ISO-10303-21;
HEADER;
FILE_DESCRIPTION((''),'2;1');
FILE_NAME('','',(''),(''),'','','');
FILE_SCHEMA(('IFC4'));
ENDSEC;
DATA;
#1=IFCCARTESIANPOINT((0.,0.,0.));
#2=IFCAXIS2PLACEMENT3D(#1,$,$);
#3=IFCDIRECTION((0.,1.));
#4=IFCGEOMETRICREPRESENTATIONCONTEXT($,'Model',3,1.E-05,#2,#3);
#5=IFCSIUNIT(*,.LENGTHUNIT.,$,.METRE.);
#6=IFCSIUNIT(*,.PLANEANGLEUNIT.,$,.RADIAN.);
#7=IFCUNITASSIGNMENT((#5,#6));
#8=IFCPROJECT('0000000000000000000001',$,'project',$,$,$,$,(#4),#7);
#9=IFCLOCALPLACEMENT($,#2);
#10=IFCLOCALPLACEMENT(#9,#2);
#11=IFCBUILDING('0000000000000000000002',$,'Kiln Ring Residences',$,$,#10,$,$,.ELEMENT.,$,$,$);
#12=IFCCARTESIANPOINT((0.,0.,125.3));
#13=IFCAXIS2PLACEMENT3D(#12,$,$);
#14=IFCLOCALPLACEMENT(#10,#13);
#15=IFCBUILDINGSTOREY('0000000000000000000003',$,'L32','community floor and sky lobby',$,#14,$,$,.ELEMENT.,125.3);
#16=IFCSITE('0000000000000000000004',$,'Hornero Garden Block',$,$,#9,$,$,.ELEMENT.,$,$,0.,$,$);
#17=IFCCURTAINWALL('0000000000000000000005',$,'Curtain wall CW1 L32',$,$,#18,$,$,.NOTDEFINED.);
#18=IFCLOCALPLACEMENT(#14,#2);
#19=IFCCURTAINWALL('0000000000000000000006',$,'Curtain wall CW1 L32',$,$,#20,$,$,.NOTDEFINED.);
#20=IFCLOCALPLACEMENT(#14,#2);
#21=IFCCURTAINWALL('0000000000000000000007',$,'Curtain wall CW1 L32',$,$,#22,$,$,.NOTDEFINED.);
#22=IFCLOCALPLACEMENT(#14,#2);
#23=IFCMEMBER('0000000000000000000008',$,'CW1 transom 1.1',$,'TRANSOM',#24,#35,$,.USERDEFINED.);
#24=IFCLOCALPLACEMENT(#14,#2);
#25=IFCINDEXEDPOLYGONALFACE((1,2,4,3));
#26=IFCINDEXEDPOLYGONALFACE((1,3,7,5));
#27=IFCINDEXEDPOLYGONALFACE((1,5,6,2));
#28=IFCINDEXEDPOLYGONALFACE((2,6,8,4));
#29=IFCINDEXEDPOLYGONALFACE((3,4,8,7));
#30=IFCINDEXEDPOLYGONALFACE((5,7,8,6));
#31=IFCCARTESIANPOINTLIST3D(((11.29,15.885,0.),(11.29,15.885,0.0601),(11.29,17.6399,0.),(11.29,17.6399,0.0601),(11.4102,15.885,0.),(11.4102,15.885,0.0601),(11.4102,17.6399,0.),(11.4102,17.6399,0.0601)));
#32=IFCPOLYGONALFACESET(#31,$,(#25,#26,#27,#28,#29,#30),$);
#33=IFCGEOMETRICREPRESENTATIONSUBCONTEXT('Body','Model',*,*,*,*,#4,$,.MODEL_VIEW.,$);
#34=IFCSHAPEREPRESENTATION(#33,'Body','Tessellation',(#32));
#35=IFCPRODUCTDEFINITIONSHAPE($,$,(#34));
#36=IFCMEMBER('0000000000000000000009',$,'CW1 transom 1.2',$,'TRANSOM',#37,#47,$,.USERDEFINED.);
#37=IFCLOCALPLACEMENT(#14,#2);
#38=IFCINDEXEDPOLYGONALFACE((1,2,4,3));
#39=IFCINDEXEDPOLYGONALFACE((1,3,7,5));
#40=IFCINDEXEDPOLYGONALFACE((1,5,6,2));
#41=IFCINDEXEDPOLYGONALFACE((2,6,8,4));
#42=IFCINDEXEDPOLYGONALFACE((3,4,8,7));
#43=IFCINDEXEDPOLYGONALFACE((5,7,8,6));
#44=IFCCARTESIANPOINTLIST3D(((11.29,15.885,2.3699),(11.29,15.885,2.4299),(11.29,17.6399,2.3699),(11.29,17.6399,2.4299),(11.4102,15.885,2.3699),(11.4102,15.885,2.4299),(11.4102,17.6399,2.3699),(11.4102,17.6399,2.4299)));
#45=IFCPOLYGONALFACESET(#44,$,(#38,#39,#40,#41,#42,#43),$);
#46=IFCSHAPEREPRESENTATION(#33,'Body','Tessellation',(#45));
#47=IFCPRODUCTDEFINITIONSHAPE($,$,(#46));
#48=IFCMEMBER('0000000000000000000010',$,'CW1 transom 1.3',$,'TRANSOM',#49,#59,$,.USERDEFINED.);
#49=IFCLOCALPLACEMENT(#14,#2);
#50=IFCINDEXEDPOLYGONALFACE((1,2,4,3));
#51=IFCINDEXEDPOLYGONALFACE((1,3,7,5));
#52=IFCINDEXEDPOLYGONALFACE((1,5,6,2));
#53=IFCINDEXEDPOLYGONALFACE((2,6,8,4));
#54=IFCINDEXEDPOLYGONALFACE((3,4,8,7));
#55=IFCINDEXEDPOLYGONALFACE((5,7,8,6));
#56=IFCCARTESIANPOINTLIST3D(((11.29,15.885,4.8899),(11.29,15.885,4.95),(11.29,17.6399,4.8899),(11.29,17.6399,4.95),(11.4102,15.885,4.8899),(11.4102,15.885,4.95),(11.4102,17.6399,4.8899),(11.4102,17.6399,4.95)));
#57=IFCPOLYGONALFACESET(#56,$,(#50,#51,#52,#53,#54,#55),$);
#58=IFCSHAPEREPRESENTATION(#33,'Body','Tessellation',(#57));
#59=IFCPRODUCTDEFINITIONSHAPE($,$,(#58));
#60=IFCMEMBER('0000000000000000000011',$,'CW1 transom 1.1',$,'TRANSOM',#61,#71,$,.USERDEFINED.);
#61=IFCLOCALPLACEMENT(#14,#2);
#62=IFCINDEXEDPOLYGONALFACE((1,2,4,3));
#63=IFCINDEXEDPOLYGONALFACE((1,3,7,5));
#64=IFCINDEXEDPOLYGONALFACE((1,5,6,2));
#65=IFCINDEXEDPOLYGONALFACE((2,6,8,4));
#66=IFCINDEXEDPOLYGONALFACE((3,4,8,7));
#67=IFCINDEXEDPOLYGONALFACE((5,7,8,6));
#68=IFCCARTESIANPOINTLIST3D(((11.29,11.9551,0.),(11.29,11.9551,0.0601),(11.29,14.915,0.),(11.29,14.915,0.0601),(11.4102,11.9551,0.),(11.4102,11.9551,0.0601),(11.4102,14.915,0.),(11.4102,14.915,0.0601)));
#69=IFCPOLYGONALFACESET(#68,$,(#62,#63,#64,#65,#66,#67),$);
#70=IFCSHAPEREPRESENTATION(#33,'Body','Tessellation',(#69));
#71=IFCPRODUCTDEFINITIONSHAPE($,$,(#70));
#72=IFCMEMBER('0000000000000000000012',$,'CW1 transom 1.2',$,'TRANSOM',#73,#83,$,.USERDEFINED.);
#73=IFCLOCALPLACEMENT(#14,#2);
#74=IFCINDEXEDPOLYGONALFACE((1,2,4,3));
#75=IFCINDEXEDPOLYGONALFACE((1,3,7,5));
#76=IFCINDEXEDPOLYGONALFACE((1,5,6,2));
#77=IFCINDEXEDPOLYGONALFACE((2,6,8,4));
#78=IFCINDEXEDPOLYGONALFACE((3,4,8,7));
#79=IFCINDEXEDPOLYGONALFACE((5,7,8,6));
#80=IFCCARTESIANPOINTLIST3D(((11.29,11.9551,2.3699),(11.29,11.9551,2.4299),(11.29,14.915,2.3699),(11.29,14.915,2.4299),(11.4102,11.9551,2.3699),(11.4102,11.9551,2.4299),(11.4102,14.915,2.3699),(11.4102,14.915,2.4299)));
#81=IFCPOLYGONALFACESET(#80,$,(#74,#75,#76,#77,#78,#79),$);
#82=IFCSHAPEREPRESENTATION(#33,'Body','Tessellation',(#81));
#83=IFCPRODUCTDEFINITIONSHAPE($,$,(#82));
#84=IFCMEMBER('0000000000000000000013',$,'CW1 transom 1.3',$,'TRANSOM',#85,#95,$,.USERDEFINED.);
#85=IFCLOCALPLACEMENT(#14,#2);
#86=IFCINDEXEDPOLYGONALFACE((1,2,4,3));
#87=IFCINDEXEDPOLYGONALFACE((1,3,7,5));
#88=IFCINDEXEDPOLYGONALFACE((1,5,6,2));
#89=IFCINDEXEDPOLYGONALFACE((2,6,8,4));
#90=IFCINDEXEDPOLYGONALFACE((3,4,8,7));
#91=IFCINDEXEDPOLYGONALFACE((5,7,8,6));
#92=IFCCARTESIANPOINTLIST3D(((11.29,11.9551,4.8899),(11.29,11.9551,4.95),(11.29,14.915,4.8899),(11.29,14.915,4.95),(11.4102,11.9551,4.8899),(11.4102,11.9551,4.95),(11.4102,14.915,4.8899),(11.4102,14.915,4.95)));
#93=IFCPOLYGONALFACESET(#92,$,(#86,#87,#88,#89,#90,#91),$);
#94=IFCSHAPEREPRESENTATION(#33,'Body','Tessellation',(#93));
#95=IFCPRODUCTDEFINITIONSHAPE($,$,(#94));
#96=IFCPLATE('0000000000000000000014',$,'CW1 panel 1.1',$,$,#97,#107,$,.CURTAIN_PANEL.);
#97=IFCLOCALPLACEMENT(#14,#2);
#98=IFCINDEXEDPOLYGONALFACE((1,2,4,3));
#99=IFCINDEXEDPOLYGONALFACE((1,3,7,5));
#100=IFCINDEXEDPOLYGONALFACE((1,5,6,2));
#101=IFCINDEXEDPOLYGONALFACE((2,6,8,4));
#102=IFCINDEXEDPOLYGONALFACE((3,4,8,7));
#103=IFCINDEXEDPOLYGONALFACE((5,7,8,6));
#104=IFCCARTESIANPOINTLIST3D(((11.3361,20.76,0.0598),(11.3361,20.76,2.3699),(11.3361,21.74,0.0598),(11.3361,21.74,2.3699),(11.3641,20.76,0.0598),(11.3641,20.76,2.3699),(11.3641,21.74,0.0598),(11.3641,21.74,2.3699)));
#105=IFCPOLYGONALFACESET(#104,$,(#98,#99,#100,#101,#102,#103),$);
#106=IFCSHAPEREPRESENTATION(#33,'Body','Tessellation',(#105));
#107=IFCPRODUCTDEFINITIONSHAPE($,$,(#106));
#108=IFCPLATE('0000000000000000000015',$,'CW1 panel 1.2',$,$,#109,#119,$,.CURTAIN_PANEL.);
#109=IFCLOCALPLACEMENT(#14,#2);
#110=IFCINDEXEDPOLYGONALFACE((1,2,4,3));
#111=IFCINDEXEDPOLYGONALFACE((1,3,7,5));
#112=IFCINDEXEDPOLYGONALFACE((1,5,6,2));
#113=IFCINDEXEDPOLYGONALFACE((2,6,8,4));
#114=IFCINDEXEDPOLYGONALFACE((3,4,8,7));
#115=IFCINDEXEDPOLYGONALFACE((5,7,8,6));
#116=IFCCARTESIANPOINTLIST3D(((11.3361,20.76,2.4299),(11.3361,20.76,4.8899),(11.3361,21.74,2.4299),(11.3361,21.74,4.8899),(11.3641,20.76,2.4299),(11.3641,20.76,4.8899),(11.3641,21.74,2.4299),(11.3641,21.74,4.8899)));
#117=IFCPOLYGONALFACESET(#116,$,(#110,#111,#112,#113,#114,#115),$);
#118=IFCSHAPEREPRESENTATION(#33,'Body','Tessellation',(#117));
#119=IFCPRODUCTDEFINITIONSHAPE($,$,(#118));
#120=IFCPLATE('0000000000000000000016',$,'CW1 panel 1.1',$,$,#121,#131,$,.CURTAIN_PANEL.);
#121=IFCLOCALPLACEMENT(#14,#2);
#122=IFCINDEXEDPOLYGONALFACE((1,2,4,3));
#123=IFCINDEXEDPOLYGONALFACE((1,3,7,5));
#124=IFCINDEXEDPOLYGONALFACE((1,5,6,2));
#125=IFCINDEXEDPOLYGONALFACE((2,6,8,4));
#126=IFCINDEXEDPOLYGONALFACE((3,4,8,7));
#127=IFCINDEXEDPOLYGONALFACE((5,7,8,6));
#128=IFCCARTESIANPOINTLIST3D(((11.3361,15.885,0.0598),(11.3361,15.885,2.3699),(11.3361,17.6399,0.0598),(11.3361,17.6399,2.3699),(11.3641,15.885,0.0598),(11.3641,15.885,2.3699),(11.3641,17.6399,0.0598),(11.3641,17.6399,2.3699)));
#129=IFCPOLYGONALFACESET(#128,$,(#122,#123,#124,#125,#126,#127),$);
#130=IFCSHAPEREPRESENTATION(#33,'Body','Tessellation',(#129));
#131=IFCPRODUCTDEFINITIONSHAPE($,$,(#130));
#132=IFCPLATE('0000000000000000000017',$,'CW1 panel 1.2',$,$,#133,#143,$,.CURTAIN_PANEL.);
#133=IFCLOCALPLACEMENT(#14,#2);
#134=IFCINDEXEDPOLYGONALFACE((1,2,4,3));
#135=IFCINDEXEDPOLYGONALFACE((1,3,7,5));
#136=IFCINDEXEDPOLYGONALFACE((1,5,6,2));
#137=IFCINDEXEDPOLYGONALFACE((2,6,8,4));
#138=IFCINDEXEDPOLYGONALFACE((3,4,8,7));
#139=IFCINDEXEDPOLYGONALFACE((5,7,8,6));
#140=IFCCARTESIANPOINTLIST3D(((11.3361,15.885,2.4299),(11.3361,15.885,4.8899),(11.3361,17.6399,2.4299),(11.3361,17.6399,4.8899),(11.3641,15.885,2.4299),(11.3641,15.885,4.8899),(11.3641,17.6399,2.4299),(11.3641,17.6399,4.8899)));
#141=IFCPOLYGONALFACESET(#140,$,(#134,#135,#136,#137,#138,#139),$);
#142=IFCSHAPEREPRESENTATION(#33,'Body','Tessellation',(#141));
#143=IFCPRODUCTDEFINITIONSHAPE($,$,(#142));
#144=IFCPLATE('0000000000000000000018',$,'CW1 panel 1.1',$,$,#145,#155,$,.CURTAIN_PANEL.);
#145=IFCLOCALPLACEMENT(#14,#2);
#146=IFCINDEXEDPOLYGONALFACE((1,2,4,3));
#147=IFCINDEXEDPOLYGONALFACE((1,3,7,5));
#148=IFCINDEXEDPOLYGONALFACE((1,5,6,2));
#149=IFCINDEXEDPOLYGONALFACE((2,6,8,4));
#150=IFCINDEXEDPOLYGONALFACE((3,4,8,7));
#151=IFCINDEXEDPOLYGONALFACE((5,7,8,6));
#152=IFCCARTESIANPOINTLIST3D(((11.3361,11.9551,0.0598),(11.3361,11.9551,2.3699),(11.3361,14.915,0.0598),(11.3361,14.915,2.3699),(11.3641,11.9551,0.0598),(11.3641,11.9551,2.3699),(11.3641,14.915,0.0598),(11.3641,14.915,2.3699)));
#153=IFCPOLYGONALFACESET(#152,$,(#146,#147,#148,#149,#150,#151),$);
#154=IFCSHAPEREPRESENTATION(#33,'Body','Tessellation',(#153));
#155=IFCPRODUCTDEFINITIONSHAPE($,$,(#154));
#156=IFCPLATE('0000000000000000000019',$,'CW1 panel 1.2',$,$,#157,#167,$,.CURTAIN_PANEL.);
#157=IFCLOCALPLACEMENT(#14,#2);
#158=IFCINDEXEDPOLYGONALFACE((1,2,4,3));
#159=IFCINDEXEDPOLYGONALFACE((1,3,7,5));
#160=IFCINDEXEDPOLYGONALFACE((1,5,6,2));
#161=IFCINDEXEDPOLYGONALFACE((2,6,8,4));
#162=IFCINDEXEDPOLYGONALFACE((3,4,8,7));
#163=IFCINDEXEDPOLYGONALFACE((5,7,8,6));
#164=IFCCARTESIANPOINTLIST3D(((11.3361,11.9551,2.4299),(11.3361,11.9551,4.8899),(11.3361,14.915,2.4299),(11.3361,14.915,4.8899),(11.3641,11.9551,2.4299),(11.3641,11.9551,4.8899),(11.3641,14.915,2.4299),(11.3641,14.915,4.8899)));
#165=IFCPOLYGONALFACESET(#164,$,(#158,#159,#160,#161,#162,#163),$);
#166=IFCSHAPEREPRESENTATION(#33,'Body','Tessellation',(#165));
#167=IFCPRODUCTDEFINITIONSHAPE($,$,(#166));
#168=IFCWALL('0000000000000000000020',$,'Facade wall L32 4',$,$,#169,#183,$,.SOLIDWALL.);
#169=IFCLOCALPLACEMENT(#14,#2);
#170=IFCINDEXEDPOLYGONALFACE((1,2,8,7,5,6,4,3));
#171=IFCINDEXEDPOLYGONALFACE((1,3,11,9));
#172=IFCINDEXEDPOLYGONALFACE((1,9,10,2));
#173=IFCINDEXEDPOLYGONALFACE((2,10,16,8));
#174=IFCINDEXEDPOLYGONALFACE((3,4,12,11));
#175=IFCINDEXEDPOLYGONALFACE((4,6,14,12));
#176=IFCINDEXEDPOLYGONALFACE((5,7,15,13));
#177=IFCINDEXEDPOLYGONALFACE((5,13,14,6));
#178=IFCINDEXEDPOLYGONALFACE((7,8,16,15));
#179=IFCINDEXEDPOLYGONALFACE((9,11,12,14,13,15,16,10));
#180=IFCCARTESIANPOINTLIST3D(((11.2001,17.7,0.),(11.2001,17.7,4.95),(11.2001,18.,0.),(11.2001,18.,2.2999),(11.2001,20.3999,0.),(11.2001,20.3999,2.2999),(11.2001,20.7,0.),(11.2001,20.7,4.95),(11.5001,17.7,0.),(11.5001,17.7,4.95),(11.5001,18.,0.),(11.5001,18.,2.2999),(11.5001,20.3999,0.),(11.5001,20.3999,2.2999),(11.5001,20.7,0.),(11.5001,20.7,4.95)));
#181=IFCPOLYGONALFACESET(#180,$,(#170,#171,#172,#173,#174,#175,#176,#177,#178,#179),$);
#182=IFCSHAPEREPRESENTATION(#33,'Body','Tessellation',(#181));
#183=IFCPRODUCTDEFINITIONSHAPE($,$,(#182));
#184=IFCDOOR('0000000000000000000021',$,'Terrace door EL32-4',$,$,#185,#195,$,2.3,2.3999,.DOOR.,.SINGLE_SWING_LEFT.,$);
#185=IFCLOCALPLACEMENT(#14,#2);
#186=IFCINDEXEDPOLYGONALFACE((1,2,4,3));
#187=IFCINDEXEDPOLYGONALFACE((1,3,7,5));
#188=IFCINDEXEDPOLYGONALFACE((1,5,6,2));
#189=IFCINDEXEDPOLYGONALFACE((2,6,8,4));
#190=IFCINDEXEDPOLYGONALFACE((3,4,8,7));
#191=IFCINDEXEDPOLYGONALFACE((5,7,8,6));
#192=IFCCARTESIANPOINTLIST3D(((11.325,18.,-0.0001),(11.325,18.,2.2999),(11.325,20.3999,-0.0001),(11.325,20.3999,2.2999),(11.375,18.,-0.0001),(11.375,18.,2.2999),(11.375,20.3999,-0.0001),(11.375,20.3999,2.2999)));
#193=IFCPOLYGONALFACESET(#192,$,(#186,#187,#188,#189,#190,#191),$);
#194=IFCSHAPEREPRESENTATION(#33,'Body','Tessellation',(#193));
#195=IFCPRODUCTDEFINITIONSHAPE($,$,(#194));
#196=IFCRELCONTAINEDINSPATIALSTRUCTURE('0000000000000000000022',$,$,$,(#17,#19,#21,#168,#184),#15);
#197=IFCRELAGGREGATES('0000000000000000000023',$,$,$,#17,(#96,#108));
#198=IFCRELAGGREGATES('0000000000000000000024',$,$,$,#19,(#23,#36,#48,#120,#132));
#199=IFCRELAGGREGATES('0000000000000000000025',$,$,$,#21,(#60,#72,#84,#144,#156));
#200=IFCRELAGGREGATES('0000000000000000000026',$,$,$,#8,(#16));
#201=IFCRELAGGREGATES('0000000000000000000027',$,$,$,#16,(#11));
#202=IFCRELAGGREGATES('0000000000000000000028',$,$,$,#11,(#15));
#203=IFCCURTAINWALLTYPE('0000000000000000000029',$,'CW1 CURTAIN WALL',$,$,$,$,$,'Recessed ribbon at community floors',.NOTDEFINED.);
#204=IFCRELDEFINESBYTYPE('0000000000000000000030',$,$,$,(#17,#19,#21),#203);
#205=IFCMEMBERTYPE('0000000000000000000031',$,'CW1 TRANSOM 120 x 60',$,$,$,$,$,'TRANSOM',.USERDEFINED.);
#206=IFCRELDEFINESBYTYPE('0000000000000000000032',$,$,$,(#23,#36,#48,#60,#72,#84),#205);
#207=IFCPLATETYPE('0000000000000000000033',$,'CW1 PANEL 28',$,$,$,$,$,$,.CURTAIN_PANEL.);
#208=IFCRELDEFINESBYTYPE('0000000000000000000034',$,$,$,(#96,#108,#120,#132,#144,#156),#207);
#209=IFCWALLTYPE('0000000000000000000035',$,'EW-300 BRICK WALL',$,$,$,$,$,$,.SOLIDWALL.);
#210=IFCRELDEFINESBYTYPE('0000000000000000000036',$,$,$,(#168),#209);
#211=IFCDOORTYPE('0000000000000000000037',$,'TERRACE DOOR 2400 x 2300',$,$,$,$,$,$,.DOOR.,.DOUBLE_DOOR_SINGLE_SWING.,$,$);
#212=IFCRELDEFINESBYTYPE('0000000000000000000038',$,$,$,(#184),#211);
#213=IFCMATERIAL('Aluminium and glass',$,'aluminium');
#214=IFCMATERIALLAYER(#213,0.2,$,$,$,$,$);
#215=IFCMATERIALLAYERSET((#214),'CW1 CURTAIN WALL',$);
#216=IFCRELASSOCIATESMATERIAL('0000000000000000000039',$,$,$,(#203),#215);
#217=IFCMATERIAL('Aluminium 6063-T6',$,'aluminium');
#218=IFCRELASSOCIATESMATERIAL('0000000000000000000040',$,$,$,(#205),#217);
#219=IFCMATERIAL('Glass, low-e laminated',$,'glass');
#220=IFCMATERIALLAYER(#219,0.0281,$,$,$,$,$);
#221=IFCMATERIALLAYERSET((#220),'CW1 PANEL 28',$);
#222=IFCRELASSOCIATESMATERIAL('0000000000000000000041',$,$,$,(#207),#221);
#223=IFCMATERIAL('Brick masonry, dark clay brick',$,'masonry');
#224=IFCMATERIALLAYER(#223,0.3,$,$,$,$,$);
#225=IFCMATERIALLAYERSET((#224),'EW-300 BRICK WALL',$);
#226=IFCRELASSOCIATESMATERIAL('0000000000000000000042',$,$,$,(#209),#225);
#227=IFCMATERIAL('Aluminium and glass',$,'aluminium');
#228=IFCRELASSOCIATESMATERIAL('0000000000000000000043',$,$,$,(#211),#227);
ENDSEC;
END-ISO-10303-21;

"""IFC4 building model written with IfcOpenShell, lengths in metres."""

from ifc_helpers import new_model, si_unit, direction, frame, frame_2d, origin, origin_2d, place, context, subcontext, project, spatial, rectangle, extrude, material, layer, layer_set, material_profile, profile_set, type_object, element, fill, aggregate, save


model = new_model("IFC4")

# Units and contexts
model_context = context("Model", 3, precision=1e-05, world=origin(), true_north=direction((0.0, 1.0)))
body_context = subcontext(model_context, "Body", "Model", "MODEL_VIEW")
ifc_project = project(units=[si_unit("LENGTHUNIT", "METRE"), si_unit("PLANEANGLEUNIT", "RADIAN")], contexts=[model_context])

# Site, building, storey
site_placement = place(None, origin())
site = spatial("IfcSite", under=ifc_project, at=site_placement, Name="Hornero Garden Block", CompositionType="ELEMENT", RefElevation=0.0)
building_placement = place(site_placement, origin())
building = spatial("IfcBuilding", under=site, at=building_placement, Name="Kiln Ring Residences", CompositionType="ELEMENT")
storey_placement = place(building_placement, frame((0.0, 0.0, 125.3)))
storey = spatial("IfcBuildingStorey", under=building, at=storey_placement, Name="L32", Description="community floor and sky lobby", CompositionType="ELEMENT", Elevation=125.3)

# Curtain wall
ifc_material_1 = material(Name="Aluminium and glass", Category="aluminium")
ifc_layer_1 = layer(ifc_material_1, 0.2)
ifc_layer_set_1 = layer_set([ifc_layer_1], Name="CW1 CURTAIN WALL")
curtain_wall_type = type_object("IfcCurtainWallType", Name="CW1 CURTAIN WALL", ElementType="Recessed ribbon at community floors", PredefinedType="NOTDEFINED", material=ifc_layer_set_1)
placement = place(storey_placement, origin())
curtain_wall_1 = element("IfcCurtainWall", 1, at=placement, inside=storey, type_object=curtain_wall_type, Name="Curtain wall CW1 L32", PredefinedType="NOTDEFINED")

# Curtain wall
curtain_wall_2 = element("IfcCurtainWall", 2, at=placement, inside=storey, type_object=curtain_wall_type, Name="Curtain wall CW1 L32", PredefinedType="NOTDEFINED")

# Curtain wall
curtain_wall_3 = element("IfcCurtainWall", 3, at=placement, inside=storey, type_object=curtain_wall_type, Name="Curtain wall CW1 L32", PredefinedType="NOTDEFINED")

# Members
ifc_material_2 = material(Name="Aluminium 6063-T6", Category="aluminium")
ifc_material_profile_1 = material_profile(ifc_material_2, rectangle(XDim=0.1201, YDim=0.0601, at=origin_2d()), Name="AL 120x60")
ifc_profile_set_1 = profile_set([ifc_material_profile_1], Name="Aluminium 6063-T6")
member_type_1 = type_object("IfcMemberType", Name="CW1 TRANSOM 120 x 60", ElementType="TRANSOM", PredefinedType="USERDEFINED", material=ifc_profile_set_1)
member_1_placement = place(storey_placement, frame((11.3501, 17.6399, 0.03), z_axis=(0.0, -1.0, 0.0), x_axis=(1.0, 0.0, 0.0)))
member_1 = element("IfcMember", 4, at=member_1_placement, type_object=member_type_1, Name="CW1 transom 1.1", ObjectType="TRANSOM", PredefinedType="USERDEFINED", context=body_context, shape_type="SweptSolid", body=[
    extrude(rectangle(XDim=0.1201, YDim=0.0601, at=origin_2d()), origin(), (0.0, 0.0, 1.0), 1.7549),
])
member_2_placement = place(storey_placement, frame((11.3501, 17.6399, 2.3999), z_axis=(0.0, -1.0, 0.0), x_axis=(1.0, 0.0, 0.0)))
member_2 = element("IfcMember", 5, at=member_2_placement, type_object=member_type_1, Name="CW1 transom 1.2", ObjectType="TRANSOM", PredefinedType="USERDEFINED", context=body_context, shape_type="SweptSolid", body=[
    extrude(rectangle(XDim=0.1201, YDim=0.0601, at=origin_2d()), origin(), (0.0, 0.0, 1.0), 1.7549),
])
member_3_placement = place(storey_placement, frame((11.3501, 17.6399, 4.9199), z_axis=(0.0, -1.0, 0.0), x_axis=(1.0, 0.0, 0.0)))
member_3 = element("IfcMember", 6, at=member_3_placement, type_object=member_type_1, Name="CW1 transom 1.3", ObjectType="TRANSOM", PredefinedType="USERDEFINED", context=body_context, shape_type="SweptSolid", body=[
    extrude(rectangle(XDim=0.1201, YDim=0.0601, at=origin_2d()), origin(), (0.0, 0.0, 1.0), 1.7549),
])
member_4_placement = place(storey_placement, frame((11.3501, 14.915, 0.03), z_axis=(0.0, -1.0, 0.0), x_axis=(1.0, 0.0, 0.0)))
member_4 = element("IfcMember", 7, at=member_4_placement, type_object=member_type_1, Name="CW1 transom 1.1", ObjectType="TRANSOM", PredefinedType="USERDEFINED", context=body_context, shape_type="SweptSolid", body=[
    extrude(rectangle(XDim=0.1201, YDim=0.0601, at=origin_2d()), origin(), (0.0, 0.0, 1.0), 2.96),
])
member_5_placement = place(storey_placement, frame((11.3501, 14.915, 2.3999), z_axis=(0.0, -1.0, 0.0), x_axis=(1.0, 0.0, 0.0)))
member_5 = element("IfcMember", 8, at=member_5_placement, type_object=member_type_1, Name="CW1 transom 1.2", ObjectType="TRANSOM", PredefinedType="USERDEFINED", context=body_context, shape_type="SweptSolid", body=[
    extrude(rectangle(XDim=0.1201, YDim=0.0601, at=origin_2d()), origin(), (0.0, 0.0, 1.0), 2.96),
])
member_6_placement = place(storey_placement, frame((11.3501, 14.915, 4.9199), z_axis=(0.0, -1.0, 0.0), x_axis=(1.0, 0.0, 0.0)))
member_6 = element("IfcMember", 9, at=member_6_placement, type_object=member_type_1, Name="CW1 transom 1.3", ObjectType="TRANSOM", PredefinedType="USERDEFINED", context=body_context, shape_type="SweptSolid", body=[
    extrude(rectangle(XDim=0.1201, YDim=0.0601, at=origin_2d()), origin(), (0.0, 0.0, 1.0), 2.96),
])

# Plates
ifc_material_3 = material(Name="Glass, low-e laminated", Category="glass")
ifc_layer_2 = layer(ifc_material_3, 0.0281)
ifc_layer_set_2 = layer_set([ifc_layer_2], Name="CW1 PANEL 28")
plate_type = type_object("IfcPlateType", Name="CW1 PANEL 28", PredefinedType="CURTAIN_PANEL", material=ifc_layer_set_2)
plate_1_placement = place(storey_placement, frame((11.3501, 21.25, 0.0598), z_axis=(0.0, 0.0, 1.0), x_axis=(0.0, -1.0, 0.0)))
plate_1 = element("IfcPlate", 10, at=plate_1_placement, type_object=plate_type, Name="CW1 panel 1.1", PredefinedType="CURTAIN_PANEL", context=body_context, shape_type="SweptSolid", body=[
    extrude(rectangle(XDim=0.98, YDim=0.0281, at=origin_2d()), origin(), (0.0, 0.0, 1.0), 2.3101),
])
plate_2_placement = place(storey_placement, frame((11.3501, 21.25, 2.4299), z_axis=(0.0, 0.0, 1.0), x_axis=(0.0, -1.0, 0.0)))
plate_2 = element("IfcPlate", 11, at=plate_2_placement, type_object=plate_type, Name="CW1 panel 1.2", PredefinedType="CURTAIN_PANEL", context=body_context, shape_type="SweptSolid", body=[
    extrude(rectangle(XDim=0.98, YDim=0.0281, at=origin_2d()), origin(), (0.0, 0.0, 1.0), 2.46),
])
aggregate(curtain_wall_1, [plate_1, plate_2])
plate_3_placement = place(storey_placement, frame((11.3501, 16.7625, 0.0598), z_axis=(0.0, 0.0, 1.0), x_axis=(0.0, -1.0, 0.0)))
plate_3 = element("IfcPlate", 12, at=plate_3_placement, type_object=plate_type, Name="CW1 panel 1.1", PredefinedType="CURTAIN_PANEL", context=body_context, shape_type="SweptSolid", body=[
    extrude(rectangle(XDim=1.7549, YDim=0.0281, at=origin_2d()), origin(), (0.0, 0.0, 1.0), 2.3101),
])
plate_4_placement = place(storey_placement, frame((11.3501, 16.7625, 2.4299), z_axis=(0.0, 0.0, 1.0), x_axis=(0.0, -1.0, 0.0)))
plate_4 = element("IfcPlate", 13, at=plate_4_placement, type_object=plate_type, Name="CW1 panel 1.2", PredefinedType="CURTAIN_PANEL", context=body_context, shape_type="SweptSolid", body=[
    extrude(rectangle(XDim=1.7549, YDim=0.0281, at=origin_2d()), origin(), (0.0, 0.0, 1.0), 2.46),
])
aggregate(curtain_wall_2, [member_1, member_2, member_3, plate_3, plate_4])
plate_5_placement = place(storey_placement, frame((11.3501, 13.4351, 0.0598), z_axis=(0.0, 0.0, 1.0), x_axis=(0.0, -1.0, 0.0)))
plate_5 = element("IfcPlate", 14, at=plate_5_placement, type_object=plate_type, Name="CW1 panel 1.1", PredefinedType="CURTAIN_PANEL", context=body_context, shape_type="SweptSolid", body=[
    extrude(rectangle(XDim=2.96, YDim=0.0281, at=origin_2d()), origin(), (0.0, 0.0, 1.0), 2.3101),
])
plate_6_placement = place(storey_placement, frame((11.3501, 13.4351, 2.4299), z_axis=(0.0, 0.0, 1.0), x_axis=(0.0, -1.0, 0.0)))
plate_6 = element("IfcPlate", 15, at=plate_6_placement, type_object=plate_type, Name="CW1 panel 1.2", PredefinedType="CURTAIN_PANEL", context=body_context, shape_type="SweptSolid", body=[
    extrude(rectangle(XDim=2.96, YDim=0.0281, at=origin_2d()), origin(), (0.0, 0.0, 1.0), 2.46),
])
aggregate(curtain_wall_3, [member_4, member_5, member_6, plate_5, plate_6])

# Wall, opening, door
ifc_material_4 = material(Name="Brick masonry, dark clay brick", Category="masonry")
ifc_layer_3 = layer(ifc_material_4, 0.3)
ifc_layer_set_3 = layer_set([ifc_layer_3], Name="EW-300 BRICK WALL")
wall_type = type_object("IfcWallType", Name="EW-300 BRICK WALL", PredefinedType="SOLIDWALL", material=ifc_layer_set_3)
wall_placement = place(storey_placement, frame((11.3501, 20.7, 0.0), z_axis=(0.0, 0.0, 1.0), x_axis=(0.0, -1.0, 0.0)))
wall = element("IfcWall", 16, at=wall_placement, inside=storey, type_object=wall_type, Name="Facade wall L32 4", PredefinedType="SOLIDWALL", context=body_context, shape_type="SweptSolid", body=[
    extrude(rectangle(XDim=3.0, YDim=0.3, at=frame_2d((1.5, 0.0))), origin(), (0.0, 0.0, 1.0), 4.95),
])
opening_placement = place(wall_placement, frame((0.3, 0.0, 0.0)))
opening = element("IfcOpeningElement", 17, at=opening_placement, cuts=wall, PredefinedType="OPENING", context=body_context, shape_type="SweptSolid", body=[
    extrude(rectangle(XDim=2.3999, YDim=2.3, at=frame_2d((1.2, 1.1499))), frame((0.0, 0.1599, 0.0), z_axis=(0.0, -1.0, 0.0), x_axis=(1.0, 0.0, 0.0)), (0.0, 0.0, 1.0), 0.3201),
])
ifc_material_5 = material(Name="Aluminium and glass", Category="aluminium")
door_type = type_object("IfcDoorType", Name="TERRACE DOOR 2400 x 2300", OperationType="DOUBLE_DOOR_SINGLE_SWING", PredefinedType="DOOR", material=ifc_material_5)
door_placement = place(opening_placement, origin())
door = element("IfcDoor", 18, at=door_placement, inside=storey, type_object=door_type, Name="Terrace door EL32-4", OperationType="SINGLE_SWING_LEFT", OverallHeight=2.3, OverallWidth=2.3999, PredefinedType="DOOR", context=body_context, shape_type="SweptSolid", body=[
    extrude(rectangle(XDim=2.3999, YDim=2.3, at=frame_2d((1.2, 1.1499))), frame((0.0, 0.0249, 0.0), z_axis=(0.0, -1.0, 0.0), x_axis=(1.0, 0.0, 0.0)), (0.0, 0.0, 1.0), 0.05),
])
fill(opening, door)

save(model, "model.ifc")
